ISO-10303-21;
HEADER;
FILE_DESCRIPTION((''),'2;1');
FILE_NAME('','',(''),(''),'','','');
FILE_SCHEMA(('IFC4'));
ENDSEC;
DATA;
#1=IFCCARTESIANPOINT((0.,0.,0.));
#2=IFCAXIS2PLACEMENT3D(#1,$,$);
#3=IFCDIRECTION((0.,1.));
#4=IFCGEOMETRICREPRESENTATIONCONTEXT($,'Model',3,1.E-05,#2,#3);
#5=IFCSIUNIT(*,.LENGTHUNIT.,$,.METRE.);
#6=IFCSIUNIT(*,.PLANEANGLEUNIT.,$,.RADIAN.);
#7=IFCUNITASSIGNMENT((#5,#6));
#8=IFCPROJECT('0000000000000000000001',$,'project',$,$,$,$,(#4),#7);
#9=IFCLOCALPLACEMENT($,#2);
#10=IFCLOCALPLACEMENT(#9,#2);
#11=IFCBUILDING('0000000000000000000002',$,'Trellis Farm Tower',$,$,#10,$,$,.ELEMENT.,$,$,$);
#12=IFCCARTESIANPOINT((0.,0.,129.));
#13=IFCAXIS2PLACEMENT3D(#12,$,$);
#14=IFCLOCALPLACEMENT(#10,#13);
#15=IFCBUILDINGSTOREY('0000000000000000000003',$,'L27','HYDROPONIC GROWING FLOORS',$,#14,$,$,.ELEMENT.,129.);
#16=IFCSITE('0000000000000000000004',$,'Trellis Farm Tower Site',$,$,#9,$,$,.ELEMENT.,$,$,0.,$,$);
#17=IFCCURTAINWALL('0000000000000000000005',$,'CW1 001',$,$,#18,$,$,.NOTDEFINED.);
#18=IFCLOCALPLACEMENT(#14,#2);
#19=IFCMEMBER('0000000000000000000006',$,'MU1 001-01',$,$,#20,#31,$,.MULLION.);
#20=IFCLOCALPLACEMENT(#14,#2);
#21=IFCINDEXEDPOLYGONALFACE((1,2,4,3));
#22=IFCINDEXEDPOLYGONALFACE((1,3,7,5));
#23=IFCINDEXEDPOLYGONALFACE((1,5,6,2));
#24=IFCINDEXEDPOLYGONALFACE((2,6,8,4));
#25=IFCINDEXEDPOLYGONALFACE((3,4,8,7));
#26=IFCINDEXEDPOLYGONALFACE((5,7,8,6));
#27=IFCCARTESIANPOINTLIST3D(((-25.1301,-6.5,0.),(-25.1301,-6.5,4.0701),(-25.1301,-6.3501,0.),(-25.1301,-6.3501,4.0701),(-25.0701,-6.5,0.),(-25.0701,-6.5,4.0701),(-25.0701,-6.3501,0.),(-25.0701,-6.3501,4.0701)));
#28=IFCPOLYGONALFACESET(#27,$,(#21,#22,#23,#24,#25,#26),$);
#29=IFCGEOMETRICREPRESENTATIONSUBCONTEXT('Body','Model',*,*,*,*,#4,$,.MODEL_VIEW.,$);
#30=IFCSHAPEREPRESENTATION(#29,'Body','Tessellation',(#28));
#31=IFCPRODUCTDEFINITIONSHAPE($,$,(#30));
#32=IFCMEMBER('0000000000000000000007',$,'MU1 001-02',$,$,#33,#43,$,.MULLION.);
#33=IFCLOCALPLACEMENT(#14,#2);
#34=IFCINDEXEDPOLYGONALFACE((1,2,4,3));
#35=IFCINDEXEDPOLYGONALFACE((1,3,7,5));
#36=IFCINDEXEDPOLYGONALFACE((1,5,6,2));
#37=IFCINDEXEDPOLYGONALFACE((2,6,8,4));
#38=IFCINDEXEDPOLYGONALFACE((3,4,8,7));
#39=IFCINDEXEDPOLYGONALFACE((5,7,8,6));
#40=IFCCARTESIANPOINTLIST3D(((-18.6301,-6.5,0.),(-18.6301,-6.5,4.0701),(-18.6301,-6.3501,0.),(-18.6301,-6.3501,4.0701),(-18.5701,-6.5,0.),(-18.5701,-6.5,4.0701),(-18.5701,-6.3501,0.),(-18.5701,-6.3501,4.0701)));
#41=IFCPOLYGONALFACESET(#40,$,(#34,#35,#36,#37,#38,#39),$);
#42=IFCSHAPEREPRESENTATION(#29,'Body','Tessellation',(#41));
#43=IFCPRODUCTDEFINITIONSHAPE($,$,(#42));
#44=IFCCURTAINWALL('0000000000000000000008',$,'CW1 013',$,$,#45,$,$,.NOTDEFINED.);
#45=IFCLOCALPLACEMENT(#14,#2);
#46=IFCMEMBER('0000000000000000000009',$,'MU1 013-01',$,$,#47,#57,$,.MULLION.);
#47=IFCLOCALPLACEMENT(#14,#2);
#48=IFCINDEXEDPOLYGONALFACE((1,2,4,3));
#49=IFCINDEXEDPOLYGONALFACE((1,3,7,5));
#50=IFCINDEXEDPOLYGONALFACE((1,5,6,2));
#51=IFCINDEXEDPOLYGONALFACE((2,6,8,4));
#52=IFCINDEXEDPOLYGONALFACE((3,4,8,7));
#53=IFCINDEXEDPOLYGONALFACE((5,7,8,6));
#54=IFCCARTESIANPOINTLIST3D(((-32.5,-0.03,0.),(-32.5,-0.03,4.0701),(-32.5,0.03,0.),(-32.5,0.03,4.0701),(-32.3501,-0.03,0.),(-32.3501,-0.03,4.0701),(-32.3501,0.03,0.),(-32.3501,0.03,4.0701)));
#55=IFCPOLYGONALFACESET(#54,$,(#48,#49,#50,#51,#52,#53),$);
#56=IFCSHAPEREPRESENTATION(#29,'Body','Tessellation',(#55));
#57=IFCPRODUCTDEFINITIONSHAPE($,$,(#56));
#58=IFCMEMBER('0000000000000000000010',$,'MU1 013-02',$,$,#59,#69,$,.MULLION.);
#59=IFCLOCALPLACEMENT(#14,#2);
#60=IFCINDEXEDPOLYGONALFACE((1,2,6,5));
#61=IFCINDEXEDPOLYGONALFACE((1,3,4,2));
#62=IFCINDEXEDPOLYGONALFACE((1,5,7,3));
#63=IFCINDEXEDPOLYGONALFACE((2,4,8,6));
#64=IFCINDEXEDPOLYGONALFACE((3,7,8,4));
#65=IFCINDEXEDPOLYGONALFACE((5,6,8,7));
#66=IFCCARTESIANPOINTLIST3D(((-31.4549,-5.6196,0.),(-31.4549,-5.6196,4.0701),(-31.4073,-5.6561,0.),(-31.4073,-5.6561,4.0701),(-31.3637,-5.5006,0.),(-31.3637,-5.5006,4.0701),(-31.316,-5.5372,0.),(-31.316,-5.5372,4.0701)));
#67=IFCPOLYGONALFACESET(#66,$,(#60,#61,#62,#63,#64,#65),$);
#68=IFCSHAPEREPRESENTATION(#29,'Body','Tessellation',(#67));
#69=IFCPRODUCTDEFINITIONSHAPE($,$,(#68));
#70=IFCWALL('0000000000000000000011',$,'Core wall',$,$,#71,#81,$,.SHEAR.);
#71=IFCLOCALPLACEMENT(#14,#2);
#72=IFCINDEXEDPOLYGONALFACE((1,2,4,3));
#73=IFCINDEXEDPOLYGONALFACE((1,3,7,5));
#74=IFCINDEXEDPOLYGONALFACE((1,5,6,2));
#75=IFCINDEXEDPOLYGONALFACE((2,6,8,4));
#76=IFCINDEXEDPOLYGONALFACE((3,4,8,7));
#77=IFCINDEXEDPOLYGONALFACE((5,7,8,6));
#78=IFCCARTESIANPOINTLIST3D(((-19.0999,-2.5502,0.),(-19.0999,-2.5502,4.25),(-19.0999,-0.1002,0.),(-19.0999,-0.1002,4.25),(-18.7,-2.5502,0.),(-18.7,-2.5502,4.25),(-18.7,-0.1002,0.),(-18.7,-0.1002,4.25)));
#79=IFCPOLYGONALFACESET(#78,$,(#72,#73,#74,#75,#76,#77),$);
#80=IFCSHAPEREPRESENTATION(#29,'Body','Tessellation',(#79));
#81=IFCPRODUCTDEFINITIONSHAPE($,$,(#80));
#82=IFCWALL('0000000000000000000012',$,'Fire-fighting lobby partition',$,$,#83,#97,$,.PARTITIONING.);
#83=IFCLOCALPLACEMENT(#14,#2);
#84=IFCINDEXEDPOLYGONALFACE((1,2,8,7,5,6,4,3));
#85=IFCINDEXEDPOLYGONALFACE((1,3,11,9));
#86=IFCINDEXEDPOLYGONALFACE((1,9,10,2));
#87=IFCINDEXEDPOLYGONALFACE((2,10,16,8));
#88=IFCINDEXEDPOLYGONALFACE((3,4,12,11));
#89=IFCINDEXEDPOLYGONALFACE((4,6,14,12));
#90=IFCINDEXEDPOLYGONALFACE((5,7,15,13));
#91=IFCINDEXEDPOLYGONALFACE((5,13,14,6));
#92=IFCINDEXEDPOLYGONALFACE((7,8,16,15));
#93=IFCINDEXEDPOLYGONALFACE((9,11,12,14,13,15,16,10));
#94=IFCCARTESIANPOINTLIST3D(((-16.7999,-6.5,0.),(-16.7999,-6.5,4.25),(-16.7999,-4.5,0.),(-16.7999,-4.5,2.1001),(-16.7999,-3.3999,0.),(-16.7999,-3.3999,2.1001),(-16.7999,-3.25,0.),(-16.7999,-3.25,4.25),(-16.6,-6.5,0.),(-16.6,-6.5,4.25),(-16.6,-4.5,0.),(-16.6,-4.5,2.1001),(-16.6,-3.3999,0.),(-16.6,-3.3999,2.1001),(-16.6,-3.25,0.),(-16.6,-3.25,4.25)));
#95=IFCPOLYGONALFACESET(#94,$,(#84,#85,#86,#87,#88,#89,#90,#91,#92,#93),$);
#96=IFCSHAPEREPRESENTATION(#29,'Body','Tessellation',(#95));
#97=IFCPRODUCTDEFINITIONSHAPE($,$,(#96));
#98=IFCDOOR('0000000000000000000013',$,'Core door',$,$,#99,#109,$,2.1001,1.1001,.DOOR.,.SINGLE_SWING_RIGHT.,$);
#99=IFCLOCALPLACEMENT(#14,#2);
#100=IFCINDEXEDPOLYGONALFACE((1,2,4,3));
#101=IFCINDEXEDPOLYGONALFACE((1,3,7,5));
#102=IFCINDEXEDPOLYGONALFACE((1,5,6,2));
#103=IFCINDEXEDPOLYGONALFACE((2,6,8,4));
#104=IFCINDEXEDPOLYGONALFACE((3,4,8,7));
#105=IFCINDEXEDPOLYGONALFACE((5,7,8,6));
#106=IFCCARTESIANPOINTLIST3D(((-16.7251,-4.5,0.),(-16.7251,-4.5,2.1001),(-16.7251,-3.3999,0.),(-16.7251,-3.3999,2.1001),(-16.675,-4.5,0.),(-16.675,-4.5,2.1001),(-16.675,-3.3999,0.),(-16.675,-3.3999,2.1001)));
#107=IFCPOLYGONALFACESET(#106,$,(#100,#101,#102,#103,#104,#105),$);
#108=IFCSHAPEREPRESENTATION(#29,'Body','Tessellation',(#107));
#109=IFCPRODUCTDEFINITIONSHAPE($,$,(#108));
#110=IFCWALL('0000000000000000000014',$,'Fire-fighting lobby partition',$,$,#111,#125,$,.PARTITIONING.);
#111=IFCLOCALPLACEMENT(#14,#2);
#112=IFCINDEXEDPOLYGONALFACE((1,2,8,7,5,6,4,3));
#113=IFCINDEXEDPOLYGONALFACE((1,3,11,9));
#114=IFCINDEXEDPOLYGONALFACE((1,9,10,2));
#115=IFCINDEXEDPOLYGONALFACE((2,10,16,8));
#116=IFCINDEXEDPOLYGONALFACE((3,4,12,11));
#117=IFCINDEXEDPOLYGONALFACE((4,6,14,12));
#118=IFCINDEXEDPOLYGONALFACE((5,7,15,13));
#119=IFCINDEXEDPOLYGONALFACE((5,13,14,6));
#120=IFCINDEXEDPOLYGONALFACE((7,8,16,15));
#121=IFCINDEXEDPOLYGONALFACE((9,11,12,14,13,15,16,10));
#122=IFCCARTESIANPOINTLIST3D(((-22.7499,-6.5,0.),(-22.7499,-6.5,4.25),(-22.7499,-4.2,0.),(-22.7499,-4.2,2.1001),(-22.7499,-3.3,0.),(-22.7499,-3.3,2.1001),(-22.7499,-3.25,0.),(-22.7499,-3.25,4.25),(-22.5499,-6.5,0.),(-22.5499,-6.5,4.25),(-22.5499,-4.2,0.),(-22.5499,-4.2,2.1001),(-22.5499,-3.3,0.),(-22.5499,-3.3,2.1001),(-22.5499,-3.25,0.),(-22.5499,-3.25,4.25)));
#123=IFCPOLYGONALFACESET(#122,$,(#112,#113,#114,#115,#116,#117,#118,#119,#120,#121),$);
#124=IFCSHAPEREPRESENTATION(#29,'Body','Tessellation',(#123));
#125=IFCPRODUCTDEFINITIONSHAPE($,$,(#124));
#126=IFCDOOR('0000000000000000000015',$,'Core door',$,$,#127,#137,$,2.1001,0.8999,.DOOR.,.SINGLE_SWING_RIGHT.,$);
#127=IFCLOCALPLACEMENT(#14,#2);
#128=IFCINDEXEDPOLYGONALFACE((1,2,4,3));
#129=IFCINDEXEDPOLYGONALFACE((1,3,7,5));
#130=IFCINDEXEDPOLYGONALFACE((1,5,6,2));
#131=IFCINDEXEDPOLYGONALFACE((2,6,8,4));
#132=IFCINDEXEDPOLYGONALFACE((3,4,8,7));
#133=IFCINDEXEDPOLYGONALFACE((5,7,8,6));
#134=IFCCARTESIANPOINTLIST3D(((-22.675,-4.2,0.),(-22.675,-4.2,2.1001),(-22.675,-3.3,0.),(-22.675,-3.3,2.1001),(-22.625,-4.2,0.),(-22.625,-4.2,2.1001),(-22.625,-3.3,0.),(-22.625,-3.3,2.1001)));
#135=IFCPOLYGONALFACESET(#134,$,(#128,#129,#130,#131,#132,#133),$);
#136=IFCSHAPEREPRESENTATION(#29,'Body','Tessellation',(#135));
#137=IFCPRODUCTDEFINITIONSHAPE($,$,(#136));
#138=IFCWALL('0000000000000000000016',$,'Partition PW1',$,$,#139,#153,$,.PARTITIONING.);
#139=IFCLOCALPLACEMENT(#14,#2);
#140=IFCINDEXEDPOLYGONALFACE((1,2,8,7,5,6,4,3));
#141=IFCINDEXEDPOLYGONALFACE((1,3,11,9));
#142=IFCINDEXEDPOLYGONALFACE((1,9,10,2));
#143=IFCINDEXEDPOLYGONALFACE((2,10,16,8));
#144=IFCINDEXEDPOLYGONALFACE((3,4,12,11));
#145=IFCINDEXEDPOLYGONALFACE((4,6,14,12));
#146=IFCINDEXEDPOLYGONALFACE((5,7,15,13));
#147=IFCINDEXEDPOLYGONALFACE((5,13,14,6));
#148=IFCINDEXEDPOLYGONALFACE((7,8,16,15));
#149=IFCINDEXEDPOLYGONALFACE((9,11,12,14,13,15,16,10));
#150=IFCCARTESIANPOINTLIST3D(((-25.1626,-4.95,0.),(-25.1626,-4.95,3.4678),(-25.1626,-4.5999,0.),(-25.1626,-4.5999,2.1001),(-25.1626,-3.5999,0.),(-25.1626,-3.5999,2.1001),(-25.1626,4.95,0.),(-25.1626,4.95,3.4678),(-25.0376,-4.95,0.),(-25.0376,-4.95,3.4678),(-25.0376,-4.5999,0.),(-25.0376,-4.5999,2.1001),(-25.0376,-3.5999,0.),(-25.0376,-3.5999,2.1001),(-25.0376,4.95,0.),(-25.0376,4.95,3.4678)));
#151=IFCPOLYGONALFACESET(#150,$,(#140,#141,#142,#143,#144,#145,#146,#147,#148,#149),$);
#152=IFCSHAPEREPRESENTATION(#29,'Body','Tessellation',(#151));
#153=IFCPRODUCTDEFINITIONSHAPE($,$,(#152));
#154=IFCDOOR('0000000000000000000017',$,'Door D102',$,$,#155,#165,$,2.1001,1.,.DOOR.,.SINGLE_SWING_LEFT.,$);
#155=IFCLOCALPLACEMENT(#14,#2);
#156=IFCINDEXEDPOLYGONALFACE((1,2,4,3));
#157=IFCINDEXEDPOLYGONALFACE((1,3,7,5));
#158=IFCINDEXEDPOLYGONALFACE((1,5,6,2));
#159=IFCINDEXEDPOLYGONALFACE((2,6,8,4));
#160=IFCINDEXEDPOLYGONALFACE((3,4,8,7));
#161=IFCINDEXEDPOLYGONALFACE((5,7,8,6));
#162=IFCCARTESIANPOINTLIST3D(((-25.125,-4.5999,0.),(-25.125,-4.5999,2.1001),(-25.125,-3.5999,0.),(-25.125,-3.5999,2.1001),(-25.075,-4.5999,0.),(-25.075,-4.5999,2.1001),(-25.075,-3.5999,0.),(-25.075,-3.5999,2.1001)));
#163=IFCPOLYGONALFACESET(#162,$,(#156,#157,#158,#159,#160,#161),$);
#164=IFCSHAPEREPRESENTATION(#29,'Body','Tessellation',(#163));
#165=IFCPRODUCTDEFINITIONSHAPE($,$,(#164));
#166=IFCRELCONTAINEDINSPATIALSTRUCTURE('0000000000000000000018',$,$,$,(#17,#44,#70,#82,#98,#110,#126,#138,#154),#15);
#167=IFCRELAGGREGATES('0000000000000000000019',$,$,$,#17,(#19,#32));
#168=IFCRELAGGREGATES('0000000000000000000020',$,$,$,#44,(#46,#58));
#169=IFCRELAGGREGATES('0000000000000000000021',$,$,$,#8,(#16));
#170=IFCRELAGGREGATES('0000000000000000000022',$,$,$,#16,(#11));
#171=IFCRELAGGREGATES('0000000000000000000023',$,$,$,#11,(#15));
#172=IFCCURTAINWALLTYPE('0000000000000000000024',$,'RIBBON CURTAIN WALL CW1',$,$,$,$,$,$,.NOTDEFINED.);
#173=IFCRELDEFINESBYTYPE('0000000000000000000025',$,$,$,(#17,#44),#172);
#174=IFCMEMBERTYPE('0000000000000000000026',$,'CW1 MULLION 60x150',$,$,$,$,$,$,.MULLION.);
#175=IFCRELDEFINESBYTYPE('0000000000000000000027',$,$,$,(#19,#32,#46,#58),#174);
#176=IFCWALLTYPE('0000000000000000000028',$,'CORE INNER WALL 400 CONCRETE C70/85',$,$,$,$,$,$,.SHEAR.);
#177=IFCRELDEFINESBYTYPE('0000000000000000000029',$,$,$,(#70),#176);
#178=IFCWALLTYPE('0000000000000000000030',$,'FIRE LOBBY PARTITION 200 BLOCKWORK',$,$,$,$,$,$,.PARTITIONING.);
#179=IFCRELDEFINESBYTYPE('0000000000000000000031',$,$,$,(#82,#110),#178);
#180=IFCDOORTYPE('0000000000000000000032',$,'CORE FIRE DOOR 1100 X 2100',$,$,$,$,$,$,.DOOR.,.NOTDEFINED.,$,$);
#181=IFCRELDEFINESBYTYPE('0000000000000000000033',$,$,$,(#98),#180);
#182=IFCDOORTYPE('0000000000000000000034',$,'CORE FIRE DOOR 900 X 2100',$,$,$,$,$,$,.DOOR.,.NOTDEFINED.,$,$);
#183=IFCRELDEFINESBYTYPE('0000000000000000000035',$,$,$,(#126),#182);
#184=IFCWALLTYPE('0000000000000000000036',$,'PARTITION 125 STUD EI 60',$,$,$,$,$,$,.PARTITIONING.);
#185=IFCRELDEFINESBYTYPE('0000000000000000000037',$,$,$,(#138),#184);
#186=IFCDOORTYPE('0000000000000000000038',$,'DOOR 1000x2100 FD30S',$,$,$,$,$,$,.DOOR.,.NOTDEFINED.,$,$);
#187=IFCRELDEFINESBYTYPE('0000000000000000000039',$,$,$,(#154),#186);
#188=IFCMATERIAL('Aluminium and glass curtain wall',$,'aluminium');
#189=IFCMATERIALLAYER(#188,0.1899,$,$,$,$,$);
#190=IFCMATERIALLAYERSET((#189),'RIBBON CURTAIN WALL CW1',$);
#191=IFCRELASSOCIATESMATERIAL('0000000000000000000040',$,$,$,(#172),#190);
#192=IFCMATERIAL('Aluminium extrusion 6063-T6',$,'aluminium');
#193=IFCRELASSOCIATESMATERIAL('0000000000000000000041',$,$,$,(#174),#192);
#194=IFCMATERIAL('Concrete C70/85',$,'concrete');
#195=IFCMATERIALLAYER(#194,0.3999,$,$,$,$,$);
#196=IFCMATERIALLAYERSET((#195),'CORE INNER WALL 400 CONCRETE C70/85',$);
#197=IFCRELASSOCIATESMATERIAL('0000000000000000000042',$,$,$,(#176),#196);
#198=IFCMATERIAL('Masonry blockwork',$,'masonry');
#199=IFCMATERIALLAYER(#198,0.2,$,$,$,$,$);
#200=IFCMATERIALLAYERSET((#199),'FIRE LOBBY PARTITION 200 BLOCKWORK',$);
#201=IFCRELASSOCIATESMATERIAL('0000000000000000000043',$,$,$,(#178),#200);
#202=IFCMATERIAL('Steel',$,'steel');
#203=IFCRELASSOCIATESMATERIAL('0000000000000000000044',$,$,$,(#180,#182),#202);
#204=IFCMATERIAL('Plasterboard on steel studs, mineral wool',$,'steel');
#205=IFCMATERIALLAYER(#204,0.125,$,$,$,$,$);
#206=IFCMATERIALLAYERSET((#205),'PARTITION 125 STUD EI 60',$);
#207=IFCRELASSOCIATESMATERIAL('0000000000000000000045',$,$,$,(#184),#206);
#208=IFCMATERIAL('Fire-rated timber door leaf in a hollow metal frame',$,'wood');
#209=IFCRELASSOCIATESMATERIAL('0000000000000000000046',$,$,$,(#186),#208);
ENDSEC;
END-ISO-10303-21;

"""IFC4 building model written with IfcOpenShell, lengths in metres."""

from ifc_helpers import new_model, si_unit, direction, frame, frame_2d, origin, origin_2d, place, context, subcontext, project, spatial, rectangle, extrude, source, transform, mapped, material, layer, layer_set, material_profile, profile_set, type_object, element, fill, aggregate, save


model = new_model("IFC4")

# Units and contexts
model_context = context("Model", 3, precision=1e-05, world=origin(), true_north=direction((0.0, 1.0)))
body_context = subcontext(model_context, "Body", "Model", "MODEL_VIEW")
ifc_project = project(units=[si_unit("LENGTHUNIT", "METRE"), si_unit("PLANEANGLEUNIT", "RADIAN")], contexts=[model_context])

# Site, building, storey
site_placement = place(None, origin())
site = spatial("IfcSite", under=ifc_project, at=site_placement, Name="Trellis Farm Tower Site", CompositionType="ELEMENT", RefElevation=0.0)
building_placement = place(site_placement, origin())
building = spatial("IfcBuilding", under=site, at=building_placement, Name="Trellis Farm Tower", CompositionType="ELEMENT")
storey_placement = place(building_placement, frame((0.0, 0.0, 129.0)))
storey = spatial("IfcBuildingStorey", under=building, at=storey_placement, Name="L27", Description="HYDROPONIC GROWING FLOORS", CompositionType="ELEMENT", Elevation=129.0)

# Curtain walls, members
ifc_material_1 = material(Name="Aluminium and glass curtain wall", Category="aluminium")
ifc_layer_1 = layer(ifc_material_1, 0.1899)
ifc_layer_set_1 = layer_set([ifc_layer_1], Name="RIBBON CURTAIN WALL CW1")
curtain_wall_type = type_object("IfcCurtainWallType", Name="RIBBON CURTAIN WALL CW1", PredefinedType="NOTDEFINED", material=ifc_layer_set_1)
placement = place(storey_placement, origin())
curtain_wall_1 = element("IfcCurtainWall", 1, at=placement, inside=storey, type_object=curtain_wall_type, Name="CW1 001", PredefinedType="NOTDEFINED")
ifc_material_2 = material(Name="Aluminium extrusion 6063-T6", Category="aluminium")
ifc_material_profile_1 = material_profile(ifc_material_2, rectangle(XDim=0.0601, YDim=0.1499, at=origin_2d()), Name="MULLION 60x150")
ifc_profile_set_1 = profile_set([ifc_material_profile_1], Name="Aluminium extrusion 6063-T6")
member_type = type_object("IfcMemberType", Name="CW1 MULLION 60x150", PredefinedType="MULLION", material=ifc_profile_set_1)
shared_shape_1 = source(origin(), body_context, "Body", "SweptSolid", [
    extrude(rectangle(XDim=0.0601, YDim=0.1499, at=origin_2d()), origin(), (0.0, 0.0, 1.0), 4.0701),
])
member_1_placement = place(storey_placement, frame((-25.1001, -6.425, 0.0), z_axis=(0.0, 0.0, 1.0), x_axis=(1.0, 0.0, 0.0)))
member_1 = element("IfcMember", 2, at=member_1_placement, type_object=member_type, Name="MU1 001-01", PredefinedType="MULLION", context=body_context, shape_type="MappedRepresentation", body=[
    mapped(shared_shape_1, transform((0.0, 0.0, 0.0))),
])
member_2_placement = place(storey_placement, frame((-18.6001, -6.425, 0.0), z_axis=(0.0, 0.0, 1.0), x_axis=(1.0, 0.0, 0.0)))
member_2 = element("IfcMember", 3, at=member_2_placement, type_object=member_type, Name="MU1 001-02", PredefinedType="MULLION", context=body_context, shape_type="MappedRepresentation", body=[
    mapped(shared_shape_1, transform((0.0, 0.0, 0.0))),
])
aggregate(curtain_wall_1, [member_1, member_2])
curtain_wall_2 = element("IfcCurtainWall", 4, at=placement, inside=storey, type_object=curtain_wall_type, Name="CW1 013", PredefinedType="NOTDEFINED")
member_3_placement = place(storey_placement, frame((-32.425, 0.0, 0.0), z_axis=(0.0, 0.0, 1.0), x_axis=(0.0, -1.0, 0.0)))
member_3 = element("IfcMember", 5, at=member_3_placement, type_object=member_type, Name="MU1 013-01", PredefinedType="MULLION", context=body_context, shape_type="MappedRepresentation", body=[
    mapped(shared_shape_1, transform((0.0, 0.0, 0.0))),
])
member_4_placement = place(storey_placement, frame((-31.3855, -5.5784, 0.0), z_axis=(0.0, 0.0, 1.0), x_axis=(0.793353, -0.608761, 0.0)))
member_4 = element("IfcMember", 6, at=member_4_placement, type_object=member_type, Name="MU1 013-02", PredefinedType="MULLION", context=body_context, shape_type="MappedRepresentation", body=[
    mapped(shared_shape_1, transform((0.0, 0.0, 0.0))),
])
aggregate(curtain_wall_2, [member_3, member_4])

# Wall
ifc_material_3 = material(Name="Concrete C70/85", Category="concrete")
ifc_layer_2 = layer(ifc_material_3, 0.3999)
ifc_layer_set_2 = layer_set([ifc_layer_2], Name="CORE INNER WALL 400 CONCRETE C70/85")
wall_type_1 = type_object("IfcWallType", Name="CORE INNER WALL 400 CONCRETE C70/85", PredefinedType="SHEAR", material=ifc_layer_set_2)
shared_shape_2 = source(origin(), body_context, "Body", "SweptSolid", [
    extrude(rectangle(XDim=2.45, YDim=0.3999, at=frame_2d((1.2251, 0.0))), origin(), (0.0, 0.0, 1.0), 4.25),
])
wall_1_placement = place(storey_placement, frame((-18.8999, -0.1001, 0.0), z_axis=(0.0, 0.0, 1.0), x_axis=(0.0, -1.0, 0.0)))
element("IfcWall", 7, at=wall_1_placement, inside=storey, type_object=wall_type_1, Name="Core wall", PredefinedType="SHEAR", context=body_context, shape_type="MappedRepresentation", body=[
    mapped(shared_shape_2, transform((0.0, 0.0, 0.0))),
])

# Walls, openings, doors
ifc_material_4 = material(Name="Masonry blockwork", Category="masonry")
ifc_layer_3 = layer(ifc_material_4, 0.2)
ifc_layer_set_3 = layer_set([ifc_layer_3], Name="FIRE LOBBY PARTITION 200 BLOCKWORK")
wall_type_2 = type_object("IfcWallType", Name="FIRE LOBBY PARTITION 200 BLOCKWORK", PredefinedType="PARTITIONING", material=ifc_layer_set_3)
shared_shape_3 = source(origin(), body_context, "Body", "SweptSolid", [
    extrude(rectangle(XDim=3.25, YDim=0.2, at=frame_2d((1.625, 0.0))), origin(), (0.0, 0.0, 1.0), 4.25),
])
wall_2_placement = place(storey_placement, frame((-16.7, -3.25, 0.0), z_axis=(0.0, 0.0, 1.0), x_axis=(0.0, -1.0, 0.0)))
wall_2 = element("IfcWall", 8, at=wall_2_placement, inside=storey, type_object=wall_type_2, Name="Fire-fighting lobby partition", PredefinedType="PARTITIONING", context=body_context, shape_type="MappedRepresentation", body=[
    mapped(shared_shape_3, transform((0.0, 0.0, 0.0))),
])
shared_shape_4 = source(origin(), body_context, "Body", "SweptSolid", [
    extrude(rectangle(XDim=1.1001, YDim=2.1001, at=frame_2d((0.55, 1.05))), frame((0.0, 0.1101, 0.0), z_axis=(0.0, -1.0, 0.0), x_axis=(1.0, 0.0, 0.0)), (0.0, 0.0, 1.0), 0.2202),
])
opening_1_placement = place(wall_2_placement, frame((0.1499, 0.0, 0.0)))
opening_1 = element("IfcOpeningElement", 9, at=opening_1_placement, cuts=wall_2, PredefinedType="OPENING", context=body_context, shape_type="MappedRepresentation", body=[
    mapped(shared_shape_4, transform((0.0, 0.0, 0.0))),
])
ifc_material_5 = material(Name="Steel", Category="steel")
door_type_1 = type_object("IfcDoorType", Name="CORE FIRE DOOR 1100 X 2100", OperationType="NOTDEFINED", PredefinedType="DOOR", material=ifc_material_5)
shared_shape_5 = source(origin(), body_context, "Body", "SweptSolid", [
    extrude(rectangle(XDim=1.1001, YDim=2.1001, at=frame_2d((0.55, 1.05))), frame((0.0, 0.0249, 0.0), z_axis=(0.0, -1.0, 0.0), x_axis=(1.0, 0.0, 0.0)), (0.0, 0.0, 1.0), 0.05),
])
door_1_placement = place(opening_1_placement, origin())
door_1 = element("IfcDoor", 10, at=door_1_placement, inside=storey, type_object=door_type_1, Name="Core door", OperationType="SINGLE_SWING_RIGHT", OverallHeight=2.1001, OverallWidth=1.1001, PredefinedType="DOOR", context=body_context, shape_type="MappedRepresentation", body=[
    mapped(shared_shape_5, transform((0.0, 0.0, 0.0))),
])
fill(opening_1, door_1)
wall_3_placement = place(storey_placement, frame((-22.6499, -3.25, 0.0), z_axis=(0.0, 0.0, 1.0), x_axis=(0.0, -1.0, 0.0)))
wall_3 = element("IfcWall", 11, at=wall_3_placement, inside=storey, type_object=wall_type_2, Name="Fire-fighting lobby partition", PredefinedType="PARTITIONING", context=body_context, shape_type="MappedRepresentation", body=[
    mapped(shared_shape_3, transform((0.0, 0.0, 0.0))),
])
shared_shape_6 = source(origin(), body_context, "Body", "SweptSolid", [
    extrude(rectangle(XDim=0.8999, YDim=2.1001, at=frame_2d((0.45, 1.05))), frame((0.0, 0.1101, 0.0), z_axis=(0.0, -1.0, 0.0), x_axis=(1.0, 0.0, 0.0)), (0.0, 0.0, 1.0), 0.2202),
])
opening_2_placement = place(wall_3_placement, frame((0.05, 0.0, 0.0)))
opening_2 = element("IfcOpeningElement", 12, at=opening_2_placement, cuts=wall_3, PredefinedType="OPENING", context=body_context, shape_type="MappedRepresentation", body=[
    mapped(shared_shape_6, transform((0.0, 0.0, 0.0))),
])
door_type_2 = type_object("IfcDoorType", Name="CORE FIRE DOOR 900 X 2100", OperationType="NOTDEFINED", PredefinedType="DOOR", material=ifc_material_5)
shared_shape_7 = source(origin(), body_context, "Body", "SweptSolid", [
    extrude(rectangle(XDim=0.8999, YDim=2.1001, at=frame_2d((0.45, 1.05))), frame((0.0, 0.0249, 0.0), z_axis=(0.0, -1.0, 0.0), x_axis=(1.0, 0.0, 0.0)), (0.0, 0.0, 1.0), 0.05),
])
door_2_placement = place(opening_2_placement, origin())
door_2 = element("IfcDoor", 13, at=door_2_placement, inside=storey, type_object=door_type_2, Name="Core door", OperationType="SINGLE_SWING_RIGHT", OverallHeight=2.1001, OverallWidth=0.8999, PredefinedType="DOOR", context=body_context, shape_type="MappedRepresentation", body=[
    mapped(shared_shape_7, transform((0.0, 0.0, 0.0))),
])
fill(opening_2, door_2)
ifc_material_6 = material(Name="Plasterboard on steel studs, mineral wool", Category="steel")
ifc_layer_4 = layer(ifc_material_6, 0.125)
ifc_layer_set_4 = layer_set([ifc_layer_4], Name="PARTITION 125 STUD EI 60")
wall_type_3 = type_object("IfcWallType", Name="PARTITION 125 STUD EI 60", PredefinedType="PARTITIONING", material=ifc_layer_set_4)
shared_shape_8 = source(origin(), body_context, "Body", "SweptSolid", [
    extrude(rectangle(XDim=9.8999, YDim=0.125, at=frame_2d((4.95, 0.0))), origin(), (0.0, 0.0, 1.0), 3.4678),
])
wall_4_placement = place(storey_placement, frame((-25.1001, -4.95, 0.0), z_axis=(0.0, 0.0, 1.0), x_axis=(0.0, 1.0, 0.0)))
wall_4 = element("IfcWall", 14, at=wall_4_placement, inside=storey, type_object=wall_type_3, Name="Partition PW1", PredefinedType="PARTITIONING", context=body_context, shape_type="MappedRepresentation", body=[
    mapped(shared_shape_8, transform((0.0, 0.0, 0.0))),
])
shared_shape_9 = source(origin(), body_context, "Body", "SweptSolid", [
    extrude(rectangle(XDim=1.0, YDim=2.1001, at=frame_2d((0.5, 1.05))), frame((0.0, 0.0725, 0.0), z_axis=(0.0, -1.0, 0.0), x_axis=(1.0, 0.0, 0.0)), (0.0, 0.0, 1.0), 0.145),
])
opening_3_placement = place(wall_4_placement, frame((0.3501, 0.0, 0.0)))
opening_3 = element("IfcOpeningElement", 15, at=opening_3_placement, cuts=wall_4, PredefinedType="OPENING", context=body_context, shape_type="MappedRepresentation", body=[
    mapped(shared_shape_9, transform((0.0, 0.0, 0.0))),
])
ifc_material_7 = material(Name="Fire-rated timber door leaf in a hollow metal frame", Category="wood")
door_type_3 = type_object("IfcDoorType", Name="DOOR 1000x2100 FD30S", OperationType="NOTDEFINED", PredefinedType="DOOR", material=ifc_material_7)
shared_shape_10 = source(origin(), body_context, "Body", "SweptSolid", [
    extrude(rectangle(XDim=1.0, YDim=2.1001, at=frame_2d((0.5, 1.05))), frame((0.0, 0.0249, 0.0), z_axis=(0.0, -1.0, 0.0), x_axis=(1.0, 0.0, 0.0)), (0.0, 0.0, 1.0), 0.05),
])
door_3_placement = place(opening_3_placement, origin())
door_3 = element("IfcDoor", 16, at=door_3_placement, inside=storey, type_object=door_type_3, Name="Door D102", OperationType="SINGLE_SWING_LEFT", OverallHeight=2.1001, OverallWidth=1.0, PredefinedType="DOOR", context=body_context, shape_type="MappedRepresentation", body=[
    mapped(shared_shape_10, transform((0.0, 0.0, 0.0))),
])
fill(opening_3, door_3)

save(model, "model.ifc")
